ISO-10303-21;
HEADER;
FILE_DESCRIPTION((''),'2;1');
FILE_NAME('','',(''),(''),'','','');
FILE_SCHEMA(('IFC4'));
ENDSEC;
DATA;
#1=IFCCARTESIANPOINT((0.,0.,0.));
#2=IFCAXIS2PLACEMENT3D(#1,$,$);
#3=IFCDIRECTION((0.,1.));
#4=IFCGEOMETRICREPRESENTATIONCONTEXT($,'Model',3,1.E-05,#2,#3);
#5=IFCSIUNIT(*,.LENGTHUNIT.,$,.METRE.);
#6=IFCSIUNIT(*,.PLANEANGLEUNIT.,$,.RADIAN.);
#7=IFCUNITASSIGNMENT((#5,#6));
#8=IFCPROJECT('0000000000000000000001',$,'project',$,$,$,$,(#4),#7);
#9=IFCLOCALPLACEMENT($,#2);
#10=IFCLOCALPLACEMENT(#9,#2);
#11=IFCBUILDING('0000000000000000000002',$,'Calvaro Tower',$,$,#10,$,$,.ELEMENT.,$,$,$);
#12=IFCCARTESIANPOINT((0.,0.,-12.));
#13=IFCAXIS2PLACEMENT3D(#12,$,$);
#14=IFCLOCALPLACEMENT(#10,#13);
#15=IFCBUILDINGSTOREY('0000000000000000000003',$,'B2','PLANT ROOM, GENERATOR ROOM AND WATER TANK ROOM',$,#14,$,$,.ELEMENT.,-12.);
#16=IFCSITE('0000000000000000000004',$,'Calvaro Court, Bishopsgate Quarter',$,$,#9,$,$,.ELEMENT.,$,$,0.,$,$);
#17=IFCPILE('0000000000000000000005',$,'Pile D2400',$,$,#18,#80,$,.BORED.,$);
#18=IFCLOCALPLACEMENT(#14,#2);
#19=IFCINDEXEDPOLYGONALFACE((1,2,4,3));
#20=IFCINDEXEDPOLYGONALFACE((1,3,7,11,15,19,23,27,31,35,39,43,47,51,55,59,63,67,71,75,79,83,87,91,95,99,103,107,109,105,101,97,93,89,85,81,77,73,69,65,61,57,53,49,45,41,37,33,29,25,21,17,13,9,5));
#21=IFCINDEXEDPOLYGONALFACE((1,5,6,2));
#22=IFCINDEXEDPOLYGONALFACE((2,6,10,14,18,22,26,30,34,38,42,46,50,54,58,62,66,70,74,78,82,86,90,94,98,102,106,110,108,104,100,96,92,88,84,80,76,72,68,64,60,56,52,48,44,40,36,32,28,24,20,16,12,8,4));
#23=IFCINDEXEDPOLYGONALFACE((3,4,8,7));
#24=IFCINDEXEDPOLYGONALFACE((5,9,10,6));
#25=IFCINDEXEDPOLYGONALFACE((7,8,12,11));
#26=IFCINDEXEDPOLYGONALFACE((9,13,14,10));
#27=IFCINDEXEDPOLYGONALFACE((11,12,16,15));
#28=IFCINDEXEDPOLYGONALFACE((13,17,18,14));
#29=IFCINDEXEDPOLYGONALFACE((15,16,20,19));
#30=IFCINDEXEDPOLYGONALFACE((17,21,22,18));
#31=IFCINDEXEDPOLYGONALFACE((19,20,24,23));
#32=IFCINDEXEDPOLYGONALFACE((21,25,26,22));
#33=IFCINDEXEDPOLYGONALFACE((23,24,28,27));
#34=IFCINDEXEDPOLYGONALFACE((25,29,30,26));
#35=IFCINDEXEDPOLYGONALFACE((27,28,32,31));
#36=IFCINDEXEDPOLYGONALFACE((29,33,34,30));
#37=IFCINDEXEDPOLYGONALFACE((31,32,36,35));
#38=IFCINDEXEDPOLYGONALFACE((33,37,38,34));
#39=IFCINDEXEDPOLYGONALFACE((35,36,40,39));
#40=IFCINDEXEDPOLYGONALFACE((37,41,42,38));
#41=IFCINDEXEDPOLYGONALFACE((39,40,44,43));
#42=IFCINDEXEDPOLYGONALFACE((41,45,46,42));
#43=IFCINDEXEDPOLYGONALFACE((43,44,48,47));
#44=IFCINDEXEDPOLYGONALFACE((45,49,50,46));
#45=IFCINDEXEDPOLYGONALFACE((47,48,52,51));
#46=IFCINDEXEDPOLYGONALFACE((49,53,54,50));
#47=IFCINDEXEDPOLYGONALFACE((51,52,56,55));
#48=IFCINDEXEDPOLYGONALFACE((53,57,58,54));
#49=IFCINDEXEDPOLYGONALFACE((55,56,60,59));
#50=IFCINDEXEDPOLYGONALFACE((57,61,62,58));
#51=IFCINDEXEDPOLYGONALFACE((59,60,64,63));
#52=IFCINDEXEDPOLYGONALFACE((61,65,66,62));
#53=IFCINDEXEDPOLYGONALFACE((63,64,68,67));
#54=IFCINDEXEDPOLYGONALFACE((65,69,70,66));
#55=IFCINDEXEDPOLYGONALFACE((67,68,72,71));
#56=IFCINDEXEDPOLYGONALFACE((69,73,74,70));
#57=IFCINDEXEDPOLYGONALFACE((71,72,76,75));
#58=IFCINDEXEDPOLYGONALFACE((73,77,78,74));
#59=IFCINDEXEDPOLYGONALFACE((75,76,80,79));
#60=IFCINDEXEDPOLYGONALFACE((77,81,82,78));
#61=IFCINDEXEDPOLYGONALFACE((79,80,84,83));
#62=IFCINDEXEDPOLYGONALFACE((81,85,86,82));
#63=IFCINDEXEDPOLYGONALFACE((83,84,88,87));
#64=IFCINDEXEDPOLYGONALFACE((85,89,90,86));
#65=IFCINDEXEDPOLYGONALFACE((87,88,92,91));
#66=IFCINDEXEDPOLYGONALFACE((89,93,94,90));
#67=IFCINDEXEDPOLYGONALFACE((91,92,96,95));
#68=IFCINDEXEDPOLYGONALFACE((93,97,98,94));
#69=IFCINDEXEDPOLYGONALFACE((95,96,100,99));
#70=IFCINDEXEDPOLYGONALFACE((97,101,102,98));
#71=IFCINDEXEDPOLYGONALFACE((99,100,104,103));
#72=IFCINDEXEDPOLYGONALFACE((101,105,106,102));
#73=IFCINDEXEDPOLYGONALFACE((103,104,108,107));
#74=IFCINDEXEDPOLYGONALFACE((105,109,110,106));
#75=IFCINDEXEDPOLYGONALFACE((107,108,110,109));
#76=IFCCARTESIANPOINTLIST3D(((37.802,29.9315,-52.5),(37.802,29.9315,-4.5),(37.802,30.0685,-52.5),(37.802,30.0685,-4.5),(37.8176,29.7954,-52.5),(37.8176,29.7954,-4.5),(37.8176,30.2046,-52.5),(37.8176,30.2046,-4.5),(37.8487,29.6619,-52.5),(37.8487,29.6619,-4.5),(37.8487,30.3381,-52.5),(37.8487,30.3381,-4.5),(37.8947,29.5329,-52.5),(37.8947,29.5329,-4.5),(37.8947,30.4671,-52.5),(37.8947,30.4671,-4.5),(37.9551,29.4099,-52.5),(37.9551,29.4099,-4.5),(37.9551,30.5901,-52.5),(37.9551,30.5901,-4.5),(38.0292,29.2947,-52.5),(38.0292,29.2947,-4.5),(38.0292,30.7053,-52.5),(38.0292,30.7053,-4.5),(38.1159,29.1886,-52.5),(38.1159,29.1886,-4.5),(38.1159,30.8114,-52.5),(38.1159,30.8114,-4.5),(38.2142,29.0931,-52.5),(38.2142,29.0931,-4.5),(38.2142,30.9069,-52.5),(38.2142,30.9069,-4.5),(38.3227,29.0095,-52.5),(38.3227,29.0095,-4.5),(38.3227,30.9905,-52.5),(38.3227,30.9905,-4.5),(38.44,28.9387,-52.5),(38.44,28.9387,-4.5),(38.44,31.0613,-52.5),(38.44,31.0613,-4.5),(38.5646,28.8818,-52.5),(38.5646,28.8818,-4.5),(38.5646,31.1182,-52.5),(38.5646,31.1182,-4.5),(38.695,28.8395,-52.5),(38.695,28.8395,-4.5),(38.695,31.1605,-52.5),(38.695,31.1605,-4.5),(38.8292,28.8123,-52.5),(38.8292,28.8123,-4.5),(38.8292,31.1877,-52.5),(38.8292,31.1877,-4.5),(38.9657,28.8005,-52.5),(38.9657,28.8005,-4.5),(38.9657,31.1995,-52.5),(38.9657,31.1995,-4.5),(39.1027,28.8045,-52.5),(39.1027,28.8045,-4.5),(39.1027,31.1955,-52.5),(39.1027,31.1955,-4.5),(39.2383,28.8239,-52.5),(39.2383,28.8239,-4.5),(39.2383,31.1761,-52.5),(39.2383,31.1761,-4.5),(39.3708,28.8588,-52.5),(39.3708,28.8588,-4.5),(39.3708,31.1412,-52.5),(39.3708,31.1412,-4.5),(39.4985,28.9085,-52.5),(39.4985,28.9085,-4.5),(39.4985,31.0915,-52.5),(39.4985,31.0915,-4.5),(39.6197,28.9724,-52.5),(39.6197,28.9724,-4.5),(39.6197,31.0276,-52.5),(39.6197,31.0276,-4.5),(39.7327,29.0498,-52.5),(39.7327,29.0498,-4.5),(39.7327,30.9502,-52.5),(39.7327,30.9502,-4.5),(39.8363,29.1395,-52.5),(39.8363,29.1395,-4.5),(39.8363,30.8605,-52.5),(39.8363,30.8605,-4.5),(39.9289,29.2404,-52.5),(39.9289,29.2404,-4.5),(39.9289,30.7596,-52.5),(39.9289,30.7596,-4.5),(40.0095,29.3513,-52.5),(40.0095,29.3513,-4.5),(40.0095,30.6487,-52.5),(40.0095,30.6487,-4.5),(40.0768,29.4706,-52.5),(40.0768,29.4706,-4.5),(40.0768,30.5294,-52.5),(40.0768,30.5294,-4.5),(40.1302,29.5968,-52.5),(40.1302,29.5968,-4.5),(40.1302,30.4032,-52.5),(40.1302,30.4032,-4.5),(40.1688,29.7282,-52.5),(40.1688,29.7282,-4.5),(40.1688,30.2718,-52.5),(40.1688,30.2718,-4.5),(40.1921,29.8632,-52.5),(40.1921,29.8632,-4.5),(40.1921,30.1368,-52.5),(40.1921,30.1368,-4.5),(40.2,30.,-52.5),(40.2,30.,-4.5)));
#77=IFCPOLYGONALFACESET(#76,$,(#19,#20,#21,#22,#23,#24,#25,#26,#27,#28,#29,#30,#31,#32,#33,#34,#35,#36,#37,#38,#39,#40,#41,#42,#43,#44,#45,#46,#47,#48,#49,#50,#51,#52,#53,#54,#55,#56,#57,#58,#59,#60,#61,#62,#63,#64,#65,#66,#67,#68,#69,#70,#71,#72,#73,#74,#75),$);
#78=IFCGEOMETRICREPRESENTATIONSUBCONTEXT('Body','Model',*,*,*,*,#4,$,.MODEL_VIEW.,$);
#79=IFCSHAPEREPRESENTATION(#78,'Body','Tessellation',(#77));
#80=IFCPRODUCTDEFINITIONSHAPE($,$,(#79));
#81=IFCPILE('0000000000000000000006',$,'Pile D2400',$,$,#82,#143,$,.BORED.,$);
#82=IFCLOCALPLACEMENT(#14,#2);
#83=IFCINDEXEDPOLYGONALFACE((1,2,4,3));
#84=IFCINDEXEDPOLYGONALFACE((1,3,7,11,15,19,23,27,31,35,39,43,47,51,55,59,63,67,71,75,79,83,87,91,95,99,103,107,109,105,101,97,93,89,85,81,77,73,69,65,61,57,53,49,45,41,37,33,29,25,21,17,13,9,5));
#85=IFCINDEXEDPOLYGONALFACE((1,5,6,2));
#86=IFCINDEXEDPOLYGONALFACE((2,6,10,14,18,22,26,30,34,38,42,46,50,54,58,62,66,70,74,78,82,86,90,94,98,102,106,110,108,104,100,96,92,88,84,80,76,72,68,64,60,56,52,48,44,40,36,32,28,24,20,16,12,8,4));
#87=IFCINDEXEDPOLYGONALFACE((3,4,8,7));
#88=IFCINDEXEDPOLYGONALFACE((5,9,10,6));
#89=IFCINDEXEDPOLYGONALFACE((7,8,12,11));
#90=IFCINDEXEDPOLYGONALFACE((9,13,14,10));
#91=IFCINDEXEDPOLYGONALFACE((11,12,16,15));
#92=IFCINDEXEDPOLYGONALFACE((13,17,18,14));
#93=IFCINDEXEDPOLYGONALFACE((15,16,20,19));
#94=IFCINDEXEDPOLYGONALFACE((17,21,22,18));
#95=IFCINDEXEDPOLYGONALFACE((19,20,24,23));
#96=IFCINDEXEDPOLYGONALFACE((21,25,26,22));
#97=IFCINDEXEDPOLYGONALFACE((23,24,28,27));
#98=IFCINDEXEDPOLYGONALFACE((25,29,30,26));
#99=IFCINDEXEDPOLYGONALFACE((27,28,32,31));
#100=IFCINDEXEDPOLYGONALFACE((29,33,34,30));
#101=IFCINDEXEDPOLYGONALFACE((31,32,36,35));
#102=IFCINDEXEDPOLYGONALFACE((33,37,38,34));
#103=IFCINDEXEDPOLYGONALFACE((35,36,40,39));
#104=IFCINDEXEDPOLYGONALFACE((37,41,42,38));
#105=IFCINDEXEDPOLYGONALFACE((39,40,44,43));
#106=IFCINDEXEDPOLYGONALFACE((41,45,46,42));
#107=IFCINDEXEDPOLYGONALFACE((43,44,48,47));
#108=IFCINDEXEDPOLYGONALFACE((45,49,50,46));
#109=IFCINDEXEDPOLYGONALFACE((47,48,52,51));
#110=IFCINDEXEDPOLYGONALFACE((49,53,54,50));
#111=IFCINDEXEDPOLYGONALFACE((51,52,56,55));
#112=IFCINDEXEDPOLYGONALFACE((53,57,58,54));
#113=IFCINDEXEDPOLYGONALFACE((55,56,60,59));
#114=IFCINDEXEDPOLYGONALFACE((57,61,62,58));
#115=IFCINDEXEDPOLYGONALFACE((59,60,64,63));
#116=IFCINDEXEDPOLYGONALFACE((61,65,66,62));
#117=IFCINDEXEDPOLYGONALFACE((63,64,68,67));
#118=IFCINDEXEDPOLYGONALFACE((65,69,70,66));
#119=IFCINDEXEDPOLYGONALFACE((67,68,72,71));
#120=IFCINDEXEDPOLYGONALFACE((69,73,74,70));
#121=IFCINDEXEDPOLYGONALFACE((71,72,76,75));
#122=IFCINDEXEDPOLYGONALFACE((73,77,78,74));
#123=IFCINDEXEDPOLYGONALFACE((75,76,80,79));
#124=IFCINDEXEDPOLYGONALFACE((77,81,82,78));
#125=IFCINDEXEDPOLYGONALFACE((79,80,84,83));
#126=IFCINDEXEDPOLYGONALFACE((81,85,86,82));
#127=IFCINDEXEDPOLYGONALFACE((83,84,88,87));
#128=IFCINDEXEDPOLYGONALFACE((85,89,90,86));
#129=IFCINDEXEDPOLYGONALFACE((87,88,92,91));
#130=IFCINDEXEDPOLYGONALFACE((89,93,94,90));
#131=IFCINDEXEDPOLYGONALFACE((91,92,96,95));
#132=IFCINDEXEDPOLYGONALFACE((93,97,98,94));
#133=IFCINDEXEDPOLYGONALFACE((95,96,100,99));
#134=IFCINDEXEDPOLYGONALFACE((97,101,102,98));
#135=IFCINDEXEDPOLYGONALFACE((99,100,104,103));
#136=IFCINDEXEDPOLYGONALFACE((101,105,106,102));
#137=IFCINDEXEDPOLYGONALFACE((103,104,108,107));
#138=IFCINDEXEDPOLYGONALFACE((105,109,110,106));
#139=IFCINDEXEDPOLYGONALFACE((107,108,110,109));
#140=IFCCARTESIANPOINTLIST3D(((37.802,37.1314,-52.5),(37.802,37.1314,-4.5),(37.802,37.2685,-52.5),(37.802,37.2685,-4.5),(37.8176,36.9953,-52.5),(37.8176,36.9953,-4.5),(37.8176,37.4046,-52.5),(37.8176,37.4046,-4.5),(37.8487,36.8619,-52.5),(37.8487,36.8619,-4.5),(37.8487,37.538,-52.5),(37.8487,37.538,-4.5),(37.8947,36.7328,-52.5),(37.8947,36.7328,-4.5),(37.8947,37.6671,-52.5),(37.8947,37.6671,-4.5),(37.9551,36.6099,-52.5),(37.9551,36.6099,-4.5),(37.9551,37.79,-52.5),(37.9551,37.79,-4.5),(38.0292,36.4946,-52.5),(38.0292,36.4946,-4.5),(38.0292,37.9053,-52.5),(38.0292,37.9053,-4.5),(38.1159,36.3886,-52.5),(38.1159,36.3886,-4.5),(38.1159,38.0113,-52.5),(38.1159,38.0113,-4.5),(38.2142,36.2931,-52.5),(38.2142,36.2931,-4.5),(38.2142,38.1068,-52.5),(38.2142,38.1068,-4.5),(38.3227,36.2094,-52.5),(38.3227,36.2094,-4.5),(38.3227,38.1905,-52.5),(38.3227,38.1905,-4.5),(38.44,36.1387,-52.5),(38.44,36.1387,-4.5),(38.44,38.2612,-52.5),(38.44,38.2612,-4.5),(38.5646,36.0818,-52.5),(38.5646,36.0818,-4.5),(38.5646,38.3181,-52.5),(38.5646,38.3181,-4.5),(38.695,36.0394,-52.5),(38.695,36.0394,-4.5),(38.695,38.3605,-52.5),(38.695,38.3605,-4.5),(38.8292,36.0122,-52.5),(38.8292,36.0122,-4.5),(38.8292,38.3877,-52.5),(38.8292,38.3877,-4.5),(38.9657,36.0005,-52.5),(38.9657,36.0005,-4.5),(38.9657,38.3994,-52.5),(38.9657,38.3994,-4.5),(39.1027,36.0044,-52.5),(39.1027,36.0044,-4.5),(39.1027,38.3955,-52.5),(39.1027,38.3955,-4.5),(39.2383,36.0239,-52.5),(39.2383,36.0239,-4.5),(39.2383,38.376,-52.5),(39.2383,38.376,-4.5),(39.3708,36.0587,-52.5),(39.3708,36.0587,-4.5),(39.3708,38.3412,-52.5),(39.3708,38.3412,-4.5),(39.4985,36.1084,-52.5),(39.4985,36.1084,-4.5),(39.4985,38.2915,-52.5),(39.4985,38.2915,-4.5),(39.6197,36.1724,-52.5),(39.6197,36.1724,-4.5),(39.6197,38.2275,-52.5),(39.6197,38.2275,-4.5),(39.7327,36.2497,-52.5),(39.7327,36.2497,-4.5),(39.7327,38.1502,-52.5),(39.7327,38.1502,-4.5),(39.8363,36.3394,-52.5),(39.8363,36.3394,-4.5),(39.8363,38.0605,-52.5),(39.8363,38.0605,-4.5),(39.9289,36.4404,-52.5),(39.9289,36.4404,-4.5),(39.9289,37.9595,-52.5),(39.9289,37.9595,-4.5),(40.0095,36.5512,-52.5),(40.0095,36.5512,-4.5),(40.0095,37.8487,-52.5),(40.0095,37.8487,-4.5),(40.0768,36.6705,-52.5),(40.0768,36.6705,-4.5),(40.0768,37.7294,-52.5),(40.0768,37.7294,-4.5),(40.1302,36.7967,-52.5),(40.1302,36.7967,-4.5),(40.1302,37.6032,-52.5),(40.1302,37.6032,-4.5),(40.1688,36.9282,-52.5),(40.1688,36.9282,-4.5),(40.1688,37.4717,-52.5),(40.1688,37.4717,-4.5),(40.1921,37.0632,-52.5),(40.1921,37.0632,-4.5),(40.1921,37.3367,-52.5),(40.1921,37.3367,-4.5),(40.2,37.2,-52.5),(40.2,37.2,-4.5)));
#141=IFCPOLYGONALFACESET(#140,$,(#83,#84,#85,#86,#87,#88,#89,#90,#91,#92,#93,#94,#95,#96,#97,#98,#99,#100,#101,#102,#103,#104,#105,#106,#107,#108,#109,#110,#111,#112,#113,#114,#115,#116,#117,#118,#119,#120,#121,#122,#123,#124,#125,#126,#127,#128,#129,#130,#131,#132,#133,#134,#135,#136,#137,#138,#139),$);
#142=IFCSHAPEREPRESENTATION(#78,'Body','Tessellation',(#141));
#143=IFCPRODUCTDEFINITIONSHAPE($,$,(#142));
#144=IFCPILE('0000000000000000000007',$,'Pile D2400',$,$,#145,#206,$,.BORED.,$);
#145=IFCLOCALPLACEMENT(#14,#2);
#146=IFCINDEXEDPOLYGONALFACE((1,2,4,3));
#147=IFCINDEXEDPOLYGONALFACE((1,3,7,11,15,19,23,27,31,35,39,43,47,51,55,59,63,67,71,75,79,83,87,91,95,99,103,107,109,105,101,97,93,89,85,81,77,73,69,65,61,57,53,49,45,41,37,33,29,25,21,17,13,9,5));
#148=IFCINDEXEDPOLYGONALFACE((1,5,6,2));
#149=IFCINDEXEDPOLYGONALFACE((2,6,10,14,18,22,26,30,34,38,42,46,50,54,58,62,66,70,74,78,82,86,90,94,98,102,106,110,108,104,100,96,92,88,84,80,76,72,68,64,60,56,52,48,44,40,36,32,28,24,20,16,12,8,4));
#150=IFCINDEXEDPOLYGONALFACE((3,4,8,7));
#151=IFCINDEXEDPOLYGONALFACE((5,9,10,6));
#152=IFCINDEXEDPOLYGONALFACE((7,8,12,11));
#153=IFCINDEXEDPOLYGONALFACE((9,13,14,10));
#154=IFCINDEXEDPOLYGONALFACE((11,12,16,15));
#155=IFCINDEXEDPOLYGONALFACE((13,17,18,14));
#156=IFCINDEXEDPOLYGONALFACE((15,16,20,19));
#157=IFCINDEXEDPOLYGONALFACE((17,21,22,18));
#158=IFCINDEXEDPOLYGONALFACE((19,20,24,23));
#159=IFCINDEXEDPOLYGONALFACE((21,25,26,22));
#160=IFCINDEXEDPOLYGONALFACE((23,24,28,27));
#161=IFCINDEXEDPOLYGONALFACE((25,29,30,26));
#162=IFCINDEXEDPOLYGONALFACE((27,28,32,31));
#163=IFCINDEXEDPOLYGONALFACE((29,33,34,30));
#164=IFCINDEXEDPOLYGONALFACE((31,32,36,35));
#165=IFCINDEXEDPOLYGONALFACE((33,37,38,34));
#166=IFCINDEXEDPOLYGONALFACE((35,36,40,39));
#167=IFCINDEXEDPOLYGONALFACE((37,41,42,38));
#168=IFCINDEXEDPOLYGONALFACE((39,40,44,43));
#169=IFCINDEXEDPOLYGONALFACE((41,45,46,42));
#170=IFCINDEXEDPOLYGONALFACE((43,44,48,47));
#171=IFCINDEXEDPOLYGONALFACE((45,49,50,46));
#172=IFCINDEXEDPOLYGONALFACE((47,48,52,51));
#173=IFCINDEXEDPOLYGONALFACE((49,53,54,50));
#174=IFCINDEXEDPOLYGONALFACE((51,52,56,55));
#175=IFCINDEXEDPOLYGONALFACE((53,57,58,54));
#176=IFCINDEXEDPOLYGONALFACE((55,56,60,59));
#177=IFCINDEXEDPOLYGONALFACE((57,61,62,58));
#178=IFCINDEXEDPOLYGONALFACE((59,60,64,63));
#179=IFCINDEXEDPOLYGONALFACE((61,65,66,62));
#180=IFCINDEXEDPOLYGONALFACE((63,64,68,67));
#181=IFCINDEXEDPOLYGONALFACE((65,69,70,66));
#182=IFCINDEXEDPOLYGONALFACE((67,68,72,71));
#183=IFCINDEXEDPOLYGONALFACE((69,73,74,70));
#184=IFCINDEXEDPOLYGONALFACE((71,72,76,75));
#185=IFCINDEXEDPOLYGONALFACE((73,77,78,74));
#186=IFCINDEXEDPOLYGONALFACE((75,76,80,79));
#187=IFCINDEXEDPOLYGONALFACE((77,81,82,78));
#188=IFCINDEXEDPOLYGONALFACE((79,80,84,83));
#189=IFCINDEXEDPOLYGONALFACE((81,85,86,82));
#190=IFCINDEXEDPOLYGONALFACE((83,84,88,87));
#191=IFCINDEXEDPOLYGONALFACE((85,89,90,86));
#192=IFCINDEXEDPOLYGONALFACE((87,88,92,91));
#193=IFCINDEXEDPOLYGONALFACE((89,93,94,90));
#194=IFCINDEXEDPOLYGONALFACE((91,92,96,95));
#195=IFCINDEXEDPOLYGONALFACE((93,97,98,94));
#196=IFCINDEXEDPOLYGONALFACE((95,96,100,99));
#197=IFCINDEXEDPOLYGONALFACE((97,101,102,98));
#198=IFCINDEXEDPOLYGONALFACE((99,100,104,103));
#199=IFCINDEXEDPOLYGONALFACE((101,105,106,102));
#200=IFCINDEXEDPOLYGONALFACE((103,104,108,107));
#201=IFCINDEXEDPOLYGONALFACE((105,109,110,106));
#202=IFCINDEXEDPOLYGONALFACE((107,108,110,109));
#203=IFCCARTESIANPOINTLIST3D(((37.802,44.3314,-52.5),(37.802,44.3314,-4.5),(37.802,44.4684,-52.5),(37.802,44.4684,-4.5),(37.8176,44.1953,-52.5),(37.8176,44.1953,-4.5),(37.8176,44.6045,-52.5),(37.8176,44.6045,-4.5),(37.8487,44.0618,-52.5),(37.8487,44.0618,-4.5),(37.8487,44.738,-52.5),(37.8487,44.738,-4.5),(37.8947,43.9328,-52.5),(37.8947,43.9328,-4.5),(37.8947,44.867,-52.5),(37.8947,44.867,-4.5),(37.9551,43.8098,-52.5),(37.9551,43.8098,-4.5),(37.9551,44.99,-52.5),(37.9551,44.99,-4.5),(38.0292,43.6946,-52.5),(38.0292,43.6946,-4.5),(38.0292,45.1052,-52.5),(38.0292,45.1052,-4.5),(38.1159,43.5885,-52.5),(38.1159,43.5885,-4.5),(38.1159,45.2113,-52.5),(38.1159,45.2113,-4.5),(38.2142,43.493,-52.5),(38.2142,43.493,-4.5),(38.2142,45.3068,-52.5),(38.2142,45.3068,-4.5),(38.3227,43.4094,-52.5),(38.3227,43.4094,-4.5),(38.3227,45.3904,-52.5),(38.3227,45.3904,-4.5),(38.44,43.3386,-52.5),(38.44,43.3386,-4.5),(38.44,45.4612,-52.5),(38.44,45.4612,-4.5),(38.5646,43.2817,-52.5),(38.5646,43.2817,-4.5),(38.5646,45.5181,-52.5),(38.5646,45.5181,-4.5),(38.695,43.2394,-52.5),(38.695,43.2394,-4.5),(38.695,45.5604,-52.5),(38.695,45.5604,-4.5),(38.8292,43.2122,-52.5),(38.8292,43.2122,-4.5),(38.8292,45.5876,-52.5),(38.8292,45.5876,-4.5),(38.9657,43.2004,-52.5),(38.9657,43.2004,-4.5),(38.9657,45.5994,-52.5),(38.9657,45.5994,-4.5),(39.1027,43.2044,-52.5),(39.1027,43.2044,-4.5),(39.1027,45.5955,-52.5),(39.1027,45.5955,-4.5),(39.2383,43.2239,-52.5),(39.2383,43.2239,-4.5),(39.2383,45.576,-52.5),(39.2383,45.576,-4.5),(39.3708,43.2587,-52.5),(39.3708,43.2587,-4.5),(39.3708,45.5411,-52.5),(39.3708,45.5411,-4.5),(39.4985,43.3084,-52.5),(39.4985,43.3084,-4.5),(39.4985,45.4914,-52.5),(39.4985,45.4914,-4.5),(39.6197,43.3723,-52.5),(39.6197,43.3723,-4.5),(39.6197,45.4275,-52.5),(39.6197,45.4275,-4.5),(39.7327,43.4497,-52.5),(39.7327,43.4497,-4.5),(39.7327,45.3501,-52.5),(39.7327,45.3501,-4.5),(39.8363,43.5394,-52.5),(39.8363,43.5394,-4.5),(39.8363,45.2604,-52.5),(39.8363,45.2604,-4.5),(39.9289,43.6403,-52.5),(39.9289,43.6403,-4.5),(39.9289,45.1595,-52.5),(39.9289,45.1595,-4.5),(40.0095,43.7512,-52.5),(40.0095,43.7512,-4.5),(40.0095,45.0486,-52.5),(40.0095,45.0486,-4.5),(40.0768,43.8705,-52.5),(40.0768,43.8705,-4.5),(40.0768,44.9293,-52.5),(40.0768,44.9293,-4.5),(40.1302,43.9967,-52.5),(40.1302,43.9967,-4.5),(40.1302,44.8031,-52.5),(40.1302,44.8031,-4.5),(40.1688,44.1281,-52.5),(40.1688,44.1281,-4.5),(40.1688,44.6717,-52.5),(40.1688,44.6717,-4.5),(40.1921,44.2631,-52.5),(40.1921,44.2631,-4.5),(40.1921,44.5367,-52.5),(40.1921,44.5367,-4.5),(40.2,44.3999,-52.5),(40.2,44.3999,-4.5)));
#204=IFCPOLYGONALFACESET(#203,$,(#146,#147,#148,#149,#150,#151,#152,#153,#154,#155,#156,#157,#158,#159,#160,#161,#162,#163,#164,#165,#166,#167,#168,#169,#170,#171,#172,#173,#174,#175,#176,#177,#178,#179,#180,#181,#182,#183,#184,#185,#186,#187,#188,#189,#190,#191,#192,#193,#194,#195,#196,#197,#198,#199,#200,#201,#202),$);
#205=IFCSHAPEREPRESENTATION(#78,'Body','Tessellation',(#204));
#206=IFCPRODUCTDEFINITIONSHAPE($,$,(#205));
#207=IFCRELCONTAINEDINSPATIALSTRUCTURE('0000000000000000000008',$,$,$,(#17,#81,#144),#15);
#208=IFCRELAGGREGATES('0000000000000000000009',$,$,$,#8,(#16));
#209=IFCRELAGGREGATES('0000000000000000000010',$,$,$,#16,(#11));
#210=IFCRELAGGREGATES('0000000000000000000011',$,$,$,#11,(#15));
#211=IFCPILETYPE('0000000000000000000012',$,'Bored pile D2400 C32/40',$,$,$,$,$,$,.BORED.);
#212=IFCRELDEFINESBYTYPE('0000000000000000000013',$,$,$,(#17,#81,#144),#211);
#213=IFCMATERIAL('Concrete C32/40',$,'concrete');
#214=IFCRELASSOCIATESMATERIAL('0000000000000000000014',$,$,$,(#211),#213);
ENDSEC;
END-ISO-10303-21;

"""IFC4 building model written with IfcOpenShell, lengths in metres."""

from ifc_helpers import new_model, si_unit, direction, frame, origin, origin_2d, place, context, subcontext, project, spatial, circle, extrude, material, material_profile, profile_set, type_object, element, save


model = new_model("IFC4")

# Units and contexts
model_context = context("Model", 3, precision=1e-05, world=origin(), true_north=direction((0.0, 1.0)))
body_context = subcontext(model_context, "Body", "Model", "MODEL_VIEW")
ifc_project = project(units=[si_unit("LENGTHUNIT", "METRE"), si_unit("PLANEANGLEUNIT", "RADIAN")], contexts=[model_context])

# Site, building, storey
site_placement = place(None, origin())
site = spatial("IfcSite", under=ifc_project, at=site_placement, Name="Calvaro Court, Bishopsgate Quarter", CompositionType="ELEMENT", RefElevation=0.0)
building_placement = place(site_placement, origin())
building = spatial("IfcBuilding", under=site, at=building_placement, Name="Calvaro Tower", CompositionType="ELEMENT")
storey_placement = place(building_placement, frame((0.0, 0.0, -12.0)))
storey = spatial("IfcBuildingStorey", under=building, at=storey_placement, Name="B2", Description="PLANT ROOM, GENERATOR ROOM AND WATER TANK ROOM", CompositionType="ELEMENT", Elevation=-12.0)

# Piles
ifc_material_1 = material(Name="Concrete C32/40", Category="concrete")
ifc_material_profile = material_profile(ifc_material_1, circle(Radius=1.2, at=origin_2d()), Name="Bored pile D2400")
ifc_profile_set = profile_set([ifc_material_profile], Name="Concrete C32/40")
pile_type = type_object("IfcPileType", Name="Bored pile D2400 C32/40", PredefinedType="BORED", material=ifc_profile_set)
for number, where, z_axis, x_axis, name in (
    (1, (39.0, 30.0, -4.5), (0.0, 0.0, -1.0), (1.0, 0.0, 0.0), "Pile D2400"),
    (2, (39.0, 37.2, -4.5), (0.0, 0.0, -1.0), (1.0, 0.0, 0.0), "Pile D2400"),
    (3, (39.0, 44.3999, -4.5), (0.0, 0.0, -1.0), (1.0, 0.0, 0.0), "Pile D2400"),
):
    element("IfcPile", number, at=place(storey_placement, frame(where, z_axis=z_axis, x_axis=x_axis)), inside=storey, type_object=pile_type, Name=name, PredefinedType="BORED", context=body_context, shape_type="SweptSolid", body=[
        extrude(circle(Radius=1.2, at=origin_2d()), origin(), (0.0, 0.0, 1.0), 48.0),
    ])

save(model, "model.ifc")
